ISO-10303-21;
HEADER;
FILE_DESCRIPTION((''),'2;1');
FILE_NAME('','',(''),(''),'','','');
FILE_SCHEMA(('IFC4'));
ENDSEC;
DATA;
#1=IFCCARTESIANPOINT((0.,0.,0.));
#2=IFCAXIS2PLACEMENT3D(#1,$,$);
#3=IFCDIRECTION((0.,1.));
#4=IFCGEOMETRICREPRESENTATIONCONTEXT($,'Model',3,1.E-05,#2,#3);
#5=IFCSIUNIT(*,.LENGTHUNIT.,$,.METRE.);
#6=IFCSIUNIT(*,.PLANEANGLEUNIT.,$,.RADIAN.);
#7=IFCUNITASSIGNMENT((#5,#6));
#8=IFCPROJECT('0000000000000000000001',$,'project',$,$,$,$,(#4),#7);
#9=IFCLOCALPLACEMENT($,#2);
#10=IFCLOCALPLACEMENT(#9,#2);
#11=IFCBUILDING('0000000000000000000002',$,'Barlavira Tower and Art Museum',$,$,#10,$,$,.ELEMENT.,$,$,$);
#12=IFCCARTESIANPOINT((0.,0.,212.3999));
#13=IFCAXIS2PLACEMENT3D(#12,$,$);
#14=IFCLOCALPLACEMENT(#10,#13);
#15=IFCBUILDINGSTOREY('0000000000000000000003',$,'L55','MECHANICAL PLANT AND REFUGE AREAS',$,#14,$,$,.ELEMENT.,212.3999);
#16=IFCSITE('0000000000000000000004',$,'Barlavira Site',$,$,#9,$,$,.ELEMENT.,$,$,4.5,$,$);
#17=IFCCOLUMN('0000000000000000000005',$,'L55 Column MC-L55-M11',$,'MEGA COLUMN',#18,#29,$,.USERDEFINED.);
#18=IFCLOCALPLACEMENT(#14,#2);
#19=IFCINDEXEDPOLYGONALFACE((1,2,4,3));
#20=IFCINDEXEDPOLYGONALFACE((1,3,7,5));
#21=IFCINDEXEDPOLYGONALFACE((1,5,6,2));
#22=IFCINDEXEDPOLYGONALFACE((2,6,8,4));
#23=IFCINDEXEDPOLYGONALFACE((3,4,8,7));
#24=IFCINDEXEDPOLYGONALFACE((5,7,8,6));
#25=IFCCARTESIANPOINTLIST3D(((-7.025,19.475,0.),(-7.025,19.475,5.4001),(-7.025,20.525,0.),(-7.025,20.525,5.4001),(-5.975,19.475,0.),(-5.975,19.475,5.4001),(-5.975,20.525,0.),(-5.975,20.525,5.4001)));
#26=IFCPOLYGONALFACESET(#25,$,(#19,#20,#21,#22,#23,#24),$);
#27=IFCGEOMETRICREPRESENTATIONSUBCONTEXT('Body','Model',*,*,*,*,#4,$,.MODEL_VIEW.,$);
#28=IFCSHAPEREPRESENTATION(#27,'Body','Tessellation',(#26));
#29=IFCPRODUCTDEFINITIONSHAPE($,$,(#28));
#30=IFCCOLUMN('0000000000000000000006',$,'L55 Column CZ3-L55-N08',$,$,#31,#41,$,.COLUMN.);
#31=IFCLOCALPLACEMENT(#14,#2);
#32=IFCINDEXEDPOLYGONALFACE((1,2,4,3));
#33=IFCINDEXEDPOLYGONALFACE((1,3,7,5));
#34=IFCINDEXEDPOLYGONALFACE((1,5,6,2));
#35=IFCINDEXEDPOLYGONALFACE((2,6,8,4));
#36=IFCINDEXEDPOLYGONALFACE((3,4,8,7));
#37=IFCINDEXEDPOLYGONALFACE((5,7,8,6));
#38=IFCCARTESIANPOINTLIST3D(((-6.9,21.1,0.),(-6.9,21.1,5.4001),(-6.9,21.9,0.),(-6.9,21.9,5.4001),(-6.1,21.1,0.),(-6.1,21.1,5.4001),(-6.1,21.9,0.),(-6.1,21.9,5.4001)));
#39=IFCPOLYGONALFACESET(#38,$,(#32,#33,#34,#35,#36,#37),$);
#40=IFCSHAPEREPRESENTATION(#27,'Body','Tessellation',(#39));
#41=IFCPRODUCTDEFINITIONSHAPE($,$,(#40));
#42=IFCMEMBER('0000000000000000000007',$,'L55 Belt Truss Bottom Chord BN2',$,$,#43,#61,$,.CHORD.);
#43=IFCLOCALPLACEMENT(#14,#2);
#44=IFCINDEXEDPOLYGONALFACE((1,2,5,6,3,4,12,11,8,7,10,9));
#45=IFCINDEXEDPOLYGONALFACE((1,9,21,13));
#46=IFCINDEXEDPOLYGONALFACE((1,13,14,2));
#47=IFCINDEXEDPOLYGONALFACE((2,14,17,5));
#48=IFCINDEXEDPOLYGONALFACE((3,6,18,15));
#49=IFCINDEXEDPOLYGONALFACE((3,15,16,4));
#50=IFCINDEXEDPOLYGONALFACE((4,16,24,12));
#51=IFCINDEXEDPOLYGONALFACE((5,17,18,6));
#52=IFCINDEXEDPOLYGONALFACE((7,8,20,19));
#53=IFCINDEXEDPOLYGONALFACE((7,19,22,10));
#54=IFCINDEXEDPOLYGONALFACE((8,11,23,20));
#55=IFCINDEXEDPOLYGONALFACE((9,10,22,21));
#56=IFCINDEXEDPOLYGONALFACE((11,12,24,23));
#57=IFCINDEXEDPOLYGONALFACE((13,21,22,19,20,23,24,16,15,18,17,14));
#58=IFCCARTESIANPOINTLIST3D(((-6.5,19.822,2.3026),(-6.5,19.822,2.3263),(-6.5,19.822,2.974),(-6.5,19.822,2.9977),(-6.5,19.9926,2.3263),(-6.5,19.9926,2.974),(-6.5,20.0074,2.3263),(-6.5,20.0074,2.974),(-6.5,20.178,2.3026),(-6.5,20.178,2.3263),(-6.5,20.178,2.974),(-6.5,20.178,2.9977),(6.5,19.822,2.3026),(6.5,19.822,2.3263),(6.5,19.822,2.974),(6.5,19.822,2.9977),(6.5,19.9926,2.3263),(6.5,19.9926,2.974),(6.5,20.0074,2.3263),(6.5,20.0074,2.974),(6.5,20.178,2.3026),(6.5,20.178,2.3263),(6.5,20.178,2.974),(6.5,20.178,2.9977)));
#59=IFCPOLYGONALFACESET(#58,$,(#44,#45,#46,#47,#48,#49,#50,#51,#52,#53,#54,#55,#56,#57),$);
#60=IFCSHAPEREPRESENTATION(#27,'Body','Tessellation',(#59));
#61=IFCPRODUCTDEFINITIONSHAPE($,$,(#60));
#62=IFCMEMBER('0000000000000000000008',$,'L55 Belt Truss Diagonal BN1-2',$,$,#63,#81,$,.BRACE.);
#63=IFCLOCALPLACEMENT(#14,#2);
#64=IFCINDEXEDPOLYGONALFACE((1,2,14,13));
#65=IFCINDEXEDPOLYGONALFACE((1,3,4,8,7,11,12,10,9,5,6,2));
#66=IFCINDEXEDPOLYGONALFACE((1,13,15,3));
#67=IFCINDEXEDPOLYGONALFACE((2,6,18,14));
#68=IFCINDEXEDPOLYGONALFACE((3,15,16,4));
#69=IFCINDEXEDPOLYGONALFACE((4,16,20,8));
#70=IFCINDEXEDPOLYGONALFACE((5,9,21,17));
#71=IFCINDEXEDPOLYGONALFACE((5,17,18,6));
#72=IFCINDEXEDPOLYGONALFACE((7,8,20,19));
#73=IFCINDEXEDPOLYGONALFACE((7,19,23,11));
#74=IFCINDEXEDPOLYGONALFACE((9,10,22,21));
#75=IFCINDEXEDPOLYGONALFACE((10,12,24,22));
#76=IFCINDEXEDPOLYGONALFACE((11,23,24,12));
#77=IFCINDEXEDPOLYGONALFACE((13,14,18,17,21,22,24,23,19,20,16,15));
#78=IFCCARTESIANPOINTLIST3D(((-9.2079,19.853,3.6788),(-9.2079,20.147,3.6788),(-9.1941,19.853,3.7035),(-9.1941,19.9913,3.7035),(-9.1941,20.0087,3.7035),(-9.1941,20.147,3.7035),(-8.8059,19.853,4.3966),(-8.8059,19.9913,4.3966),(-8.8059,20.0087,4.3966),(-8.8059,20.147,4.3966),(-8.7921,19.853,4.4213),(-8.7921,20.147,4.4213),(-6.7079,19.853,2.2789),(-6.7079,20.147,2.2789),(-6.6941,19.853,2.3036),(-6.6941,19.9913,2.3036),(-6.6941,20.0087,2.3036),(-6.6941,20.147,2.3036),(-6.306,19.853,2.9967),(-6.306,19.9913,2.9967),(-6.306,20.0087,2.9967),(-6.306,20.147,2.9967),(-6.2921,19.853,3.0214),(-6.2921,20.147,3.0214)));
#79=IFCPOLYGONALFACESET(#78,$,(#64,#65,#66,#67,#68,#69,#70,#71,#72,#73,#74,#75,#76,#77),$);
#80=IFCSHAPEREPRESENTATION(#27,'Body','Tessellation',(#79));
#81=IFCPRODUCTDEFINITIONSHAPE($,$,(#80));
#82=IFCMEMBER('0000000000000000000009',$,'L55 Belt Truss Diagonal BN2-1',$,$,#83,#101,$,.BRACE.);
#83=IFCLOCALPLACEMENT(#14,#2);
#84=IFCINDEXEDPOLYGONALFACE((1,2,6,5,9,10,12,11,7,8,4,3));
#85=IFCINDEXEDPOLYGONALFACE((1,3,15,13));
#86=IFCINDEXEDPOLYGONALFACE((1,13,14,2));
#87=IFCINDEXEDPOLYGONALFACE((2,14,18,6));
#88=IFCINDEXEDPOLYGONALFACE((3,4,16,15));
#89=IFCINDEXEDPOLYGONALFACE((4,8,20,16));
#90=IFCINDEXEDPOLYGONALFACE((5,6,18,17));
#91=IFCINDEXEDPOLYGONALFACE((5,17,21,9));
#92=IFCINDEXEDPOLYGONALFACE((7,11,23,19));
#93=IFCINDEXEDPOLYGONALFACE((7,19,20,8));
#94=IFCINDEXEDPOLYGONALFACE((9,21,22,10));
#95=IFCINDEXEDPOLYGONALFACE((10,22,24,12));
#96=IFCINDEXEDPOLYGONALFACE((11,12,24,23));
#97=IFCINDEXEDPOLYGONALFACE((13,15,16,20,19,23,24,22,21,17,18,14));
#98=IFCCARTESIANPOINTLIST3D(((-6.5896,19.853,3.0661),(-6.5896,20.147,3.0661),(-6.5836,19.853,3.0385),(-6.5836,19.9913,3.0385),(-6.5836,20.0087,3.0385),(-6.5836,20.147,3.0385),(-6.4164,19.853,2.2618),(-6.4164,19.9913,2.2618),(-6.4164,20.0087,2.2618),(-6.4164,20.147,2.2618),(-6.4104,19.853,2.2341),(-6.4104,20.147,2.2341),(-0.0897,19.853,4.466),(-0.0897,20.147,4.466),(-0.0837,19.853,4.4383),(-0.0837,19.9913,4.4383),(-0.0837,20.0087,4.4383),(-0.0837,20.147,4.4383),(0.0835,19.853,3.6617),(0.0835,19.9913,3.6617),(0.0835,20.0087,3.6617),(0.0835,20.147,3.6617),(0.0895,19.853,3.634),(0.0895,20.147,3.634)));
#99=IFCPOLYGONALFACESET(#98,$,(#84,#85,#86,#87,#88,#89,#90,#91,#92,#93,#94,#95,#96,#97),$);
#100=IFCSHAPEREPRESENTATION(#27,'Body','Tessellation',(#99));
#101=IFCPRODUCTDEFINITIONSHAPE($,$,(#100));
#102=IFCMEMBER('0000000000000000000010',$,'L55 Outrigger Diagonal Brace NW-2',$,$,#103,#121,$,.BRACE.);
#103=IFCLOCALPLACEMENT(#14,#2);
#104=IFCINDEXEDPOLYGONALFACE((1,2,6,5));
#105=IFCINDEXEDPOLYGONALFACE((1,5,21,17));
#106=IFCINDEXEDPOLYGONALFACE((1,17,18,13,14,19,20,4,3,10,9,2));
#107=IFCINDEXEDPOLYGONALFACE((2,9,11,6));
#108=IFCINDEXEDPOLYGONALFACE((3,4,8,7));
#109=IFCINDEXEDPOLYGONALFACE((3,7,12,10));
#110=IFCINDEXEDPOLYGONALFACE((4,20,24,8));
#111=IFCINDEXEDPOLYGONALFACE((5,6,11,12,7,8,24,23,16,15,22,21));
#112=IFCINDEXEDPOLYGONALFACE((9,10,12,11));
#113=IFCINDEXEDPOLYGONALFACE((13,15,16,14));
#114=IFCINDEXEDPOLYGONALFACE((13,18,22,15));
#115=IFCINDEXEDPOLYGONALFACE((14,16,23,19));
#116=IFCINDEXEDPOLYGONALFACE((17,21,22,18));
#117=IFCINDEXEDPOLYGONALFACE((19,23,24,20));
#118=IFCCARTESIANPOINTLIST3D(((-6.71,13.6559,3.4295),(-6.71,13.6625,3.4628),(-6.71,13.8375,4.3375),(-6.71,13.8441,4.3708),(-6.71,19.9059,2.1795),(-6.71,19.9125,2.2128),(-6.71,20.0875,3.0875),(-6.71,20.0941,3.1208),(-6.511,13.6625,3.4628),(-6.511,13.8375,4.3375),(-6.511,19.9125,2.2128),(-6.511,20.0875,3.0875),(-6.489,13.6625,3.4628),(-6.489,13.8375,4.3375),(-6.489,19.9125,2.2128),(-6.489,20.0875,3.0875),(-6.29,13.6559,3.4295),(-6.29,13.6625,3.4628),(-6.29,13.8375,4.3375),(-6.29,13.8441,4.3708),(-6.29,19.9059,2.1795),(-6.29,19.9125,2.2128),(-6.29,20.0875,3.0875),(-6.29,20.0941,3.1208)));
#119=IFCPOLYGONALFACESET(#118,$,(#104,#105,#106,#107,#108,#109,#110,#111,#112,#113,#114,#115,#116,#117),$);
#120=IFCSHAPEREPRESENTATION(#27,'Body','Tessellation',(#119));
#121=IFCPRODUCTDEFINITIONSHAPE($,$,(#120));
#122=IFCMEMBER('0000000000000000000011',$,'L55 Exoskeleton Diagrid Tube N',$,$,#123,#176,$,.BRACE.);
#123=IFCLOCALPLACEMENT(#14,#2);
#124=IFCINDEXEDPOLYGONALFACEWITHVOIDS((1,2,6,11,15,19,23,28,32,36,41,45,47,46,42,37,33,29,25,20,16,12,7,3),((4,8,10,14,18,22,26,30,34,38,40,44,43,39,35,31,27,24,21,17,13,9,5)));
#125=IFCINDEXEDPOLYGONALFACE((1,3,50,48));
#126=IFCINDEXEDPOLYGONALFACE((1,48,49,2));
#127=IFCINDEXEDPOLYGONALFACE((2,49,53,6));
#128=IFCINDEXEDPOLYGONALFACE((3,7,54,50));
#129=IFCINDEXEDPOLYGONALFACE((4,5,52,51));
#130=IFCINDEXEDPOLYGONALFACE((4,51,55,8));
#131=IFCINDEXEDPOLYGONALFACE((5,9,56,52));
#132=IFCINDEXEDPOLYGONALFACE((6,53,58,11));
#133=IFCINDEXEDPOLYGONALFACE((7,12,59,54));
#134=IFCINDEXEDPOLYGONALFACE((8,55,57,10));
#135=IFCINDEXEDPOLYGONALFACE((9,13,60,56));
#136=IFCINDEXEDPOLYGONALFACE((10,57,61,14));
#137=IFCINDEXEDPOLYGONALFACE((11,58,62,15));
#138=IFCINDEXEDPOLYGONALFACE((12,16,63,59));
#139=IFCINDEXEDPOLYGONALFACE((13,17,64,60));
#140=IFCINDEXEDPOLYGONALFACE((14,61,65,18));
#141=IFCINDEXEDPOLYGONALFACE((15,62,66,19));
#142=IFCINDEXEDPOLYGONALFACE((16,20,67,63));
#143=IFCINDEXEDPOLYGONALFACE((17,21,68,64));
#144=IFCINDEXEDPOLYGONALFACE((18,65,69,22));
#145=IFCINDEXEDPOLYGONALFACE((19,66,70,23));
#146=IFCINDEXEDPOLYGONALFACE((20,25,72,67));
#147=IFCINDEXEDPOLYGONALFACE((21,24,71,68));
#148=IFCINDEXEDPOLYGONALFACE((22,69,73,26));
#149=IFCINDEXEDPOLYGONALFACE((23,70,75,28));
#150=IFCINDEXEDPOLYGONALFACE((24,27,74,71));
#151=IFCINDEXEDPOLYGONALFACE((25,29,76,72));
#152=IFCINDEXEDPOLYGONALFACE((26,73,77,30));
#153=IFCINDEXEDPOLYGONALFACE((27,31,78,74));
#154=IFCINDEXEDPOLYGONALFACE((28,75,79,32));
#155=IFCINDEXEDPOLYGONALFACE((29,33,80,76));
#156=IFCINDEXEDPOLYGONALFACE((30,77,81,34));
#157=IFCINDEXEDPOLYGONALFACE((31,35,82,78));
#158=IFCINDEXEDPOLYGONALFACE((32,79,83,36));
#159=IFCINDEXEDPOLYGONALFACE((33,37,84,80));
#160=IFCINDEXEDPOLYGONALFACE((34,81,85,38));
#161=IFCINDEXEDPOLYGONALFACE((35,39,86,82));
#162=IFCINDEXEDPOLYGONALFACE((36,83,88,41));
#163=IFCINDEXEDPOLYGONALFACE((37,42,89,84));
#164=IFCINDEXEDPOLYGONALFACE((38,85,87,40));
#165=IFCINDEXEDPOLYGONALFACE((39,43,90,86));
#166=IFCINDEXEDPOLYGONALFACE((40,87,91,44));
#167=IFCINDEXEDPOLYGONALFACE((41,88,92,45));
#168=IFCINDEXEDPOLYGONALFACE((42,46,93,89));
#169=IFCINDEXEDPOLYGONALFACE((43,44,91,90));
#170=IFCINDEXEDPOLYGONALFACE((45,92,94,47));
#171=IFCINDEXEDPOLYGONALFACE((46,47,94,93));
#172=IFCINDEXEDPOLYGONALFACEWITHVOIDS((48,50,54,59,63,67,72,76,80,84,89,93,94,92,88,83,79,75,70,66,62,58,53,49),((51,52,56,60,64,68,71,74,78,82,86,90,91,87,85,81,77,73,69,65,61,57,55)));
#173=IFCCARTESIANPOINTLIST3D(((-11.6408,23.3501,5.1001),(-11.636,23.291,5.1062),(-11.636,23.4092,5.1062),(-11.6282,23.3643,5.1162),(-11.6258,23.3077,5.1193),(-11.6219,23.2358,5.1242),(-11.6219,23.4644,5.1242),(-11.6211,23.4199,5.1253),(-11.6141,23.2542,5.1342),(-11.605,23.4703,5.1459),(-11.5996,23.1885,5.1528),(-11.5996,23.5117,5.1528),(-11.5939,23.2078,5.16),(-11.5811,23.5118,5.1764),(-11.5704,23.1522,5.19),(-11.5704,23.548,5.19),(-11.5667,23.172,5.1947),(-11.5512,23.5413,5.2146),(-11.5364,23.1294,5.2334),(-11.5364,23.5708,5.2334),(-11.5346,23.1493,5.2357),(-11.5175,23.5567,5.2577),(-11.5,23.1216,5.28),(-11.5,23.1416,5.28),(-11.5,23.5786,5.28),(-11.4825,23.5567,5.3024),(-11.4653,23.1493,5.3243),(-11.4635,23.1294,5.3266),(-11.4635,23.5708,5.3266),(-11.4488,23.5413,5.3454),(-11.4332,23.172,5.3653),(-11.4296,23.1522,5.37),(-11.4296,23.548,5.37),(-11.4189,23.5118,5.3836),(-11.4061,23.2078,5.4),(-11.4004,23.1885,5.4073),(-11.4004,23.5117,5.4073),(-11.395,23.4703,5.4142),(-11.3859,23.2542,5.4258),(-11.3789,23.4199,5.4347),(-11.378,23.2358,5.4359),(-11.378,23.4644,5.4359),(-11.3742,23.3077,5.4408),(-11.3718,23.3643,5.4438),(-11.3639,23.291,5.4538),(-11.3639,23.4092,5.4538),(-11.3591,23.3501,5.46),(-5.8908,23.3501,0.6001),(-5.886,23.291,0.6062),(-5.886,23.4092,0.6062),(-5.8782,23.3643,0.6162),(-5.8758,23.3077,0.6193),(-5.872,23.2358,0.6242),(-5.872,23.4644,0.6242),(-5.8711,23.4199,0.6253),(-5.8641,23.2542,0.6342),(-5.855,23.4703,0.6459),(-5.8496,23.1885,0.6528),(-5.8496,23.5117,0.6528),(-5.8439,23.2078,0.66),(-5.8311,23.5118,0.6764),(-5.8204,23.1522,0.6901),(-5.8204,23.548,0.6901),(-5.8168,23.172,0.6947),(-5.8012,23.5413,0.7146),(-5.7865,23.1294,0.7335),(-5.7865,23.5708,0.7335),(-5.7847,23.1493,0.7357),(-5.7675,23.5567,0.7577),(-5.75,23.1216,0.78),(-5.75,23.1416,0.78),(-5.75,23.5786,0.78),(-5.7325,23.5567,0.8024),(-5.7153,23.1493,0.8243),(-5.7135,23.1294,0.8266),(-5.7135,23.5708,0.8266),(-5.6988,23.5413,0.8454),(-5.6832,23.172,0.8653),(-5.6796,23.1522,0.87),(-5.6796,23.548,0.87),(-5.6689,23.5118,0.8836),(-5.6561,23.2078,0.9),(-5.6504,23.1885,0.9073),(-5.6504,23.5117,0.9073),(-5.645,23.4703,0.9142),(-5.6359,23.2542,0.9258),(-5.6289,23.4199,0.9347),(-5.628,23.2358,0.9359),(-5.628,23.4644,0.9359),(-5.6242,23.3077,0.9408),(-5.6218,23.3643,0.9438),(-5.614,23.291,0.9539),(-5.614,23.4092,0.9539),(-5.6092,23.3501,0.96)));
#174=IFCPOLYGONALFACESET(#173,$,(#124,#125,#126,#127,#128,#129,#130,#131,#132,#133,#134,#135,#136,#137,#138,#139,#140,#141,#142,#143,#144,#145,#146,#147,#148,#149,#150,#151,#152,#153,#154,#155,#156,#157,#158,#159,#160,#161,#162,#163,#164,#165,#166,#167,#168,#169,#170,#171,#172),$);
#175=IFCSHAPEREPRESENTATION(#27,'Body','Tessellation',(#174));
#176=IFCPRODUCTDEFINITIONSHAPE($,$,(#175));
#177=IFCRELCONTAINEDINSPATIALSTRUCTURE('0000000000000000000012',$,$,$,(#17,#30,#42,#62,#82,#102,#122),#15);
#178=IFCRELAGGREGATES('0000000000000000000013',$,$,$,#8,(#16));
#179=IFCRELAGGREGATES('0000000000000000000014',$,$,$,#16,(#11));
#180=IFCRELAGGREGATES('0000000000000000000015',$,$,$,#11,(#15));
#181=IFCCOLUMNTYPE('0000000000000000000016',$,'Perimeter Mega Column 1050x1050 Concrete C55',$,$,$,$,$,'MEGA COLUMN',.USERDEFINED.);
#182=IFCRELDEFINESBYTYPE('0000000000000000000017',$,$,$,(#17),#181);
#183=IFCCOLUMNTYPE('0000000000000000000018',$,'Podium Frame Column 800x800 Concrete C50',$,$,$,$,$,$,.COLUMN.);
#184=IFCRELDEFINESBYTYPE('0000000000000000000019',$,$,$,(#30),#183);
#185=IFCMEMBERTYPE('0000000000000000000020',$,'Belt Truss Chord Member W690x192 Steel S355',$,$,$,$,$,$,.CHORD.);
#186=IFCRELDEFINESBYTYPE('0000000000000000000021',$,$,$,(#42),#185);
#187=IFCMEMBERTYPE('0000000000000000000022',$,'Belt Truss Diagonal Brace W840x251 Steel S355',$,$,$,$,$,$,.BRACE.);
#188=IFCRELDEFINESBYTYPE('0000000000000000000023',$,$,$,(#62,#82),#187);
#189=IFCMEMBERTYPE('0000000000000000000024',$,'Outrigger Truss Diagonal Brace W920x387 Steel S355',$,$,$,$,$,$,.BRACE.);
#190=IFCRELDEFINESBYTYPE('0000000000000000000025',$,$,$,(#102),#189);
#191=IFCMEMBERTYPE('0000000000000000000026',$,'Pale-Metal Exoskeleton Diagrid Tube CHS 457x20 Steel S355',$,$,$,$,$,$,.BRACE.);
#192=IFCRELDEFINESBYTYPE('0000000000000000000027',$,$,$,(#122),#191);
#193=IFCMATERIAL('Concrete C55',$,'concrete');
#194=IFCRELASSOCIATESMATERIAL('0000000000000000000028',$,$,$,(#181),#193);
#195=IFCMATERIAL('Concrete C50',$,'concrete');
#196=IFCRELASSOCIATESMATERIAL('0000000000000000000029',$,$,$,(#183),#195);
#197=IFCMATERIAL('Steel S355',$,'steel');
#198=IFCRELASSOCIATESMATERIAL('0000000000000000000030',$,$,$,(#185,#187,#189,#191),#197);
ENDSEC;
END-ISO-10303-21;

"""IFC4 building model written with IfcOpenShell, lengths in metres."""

from ifc_helpers import new_model, si_unit, direction, frame, origin, origin_2d, place, context, subcontext, project, spatial, rectangle, hollow_circle, i_section, extrude, material, material_profile, profile_set, type_object, element, save


model = new_model("IFC4")

# Units and contexts
model_context = context("Model", 3, precision=1e-05, world=origin(), true_north=direction((0.0, 1.0)))
body_context = subcontext(model_context, "Body", "Model", "MODEL_VIEW")
ifc_project = project(units=[si_unit("LENGTHUNIT", "METRE"), si_unit("PLANEANGLEUNIT", "RADIAN")], contexts=[model_context])

# Site, building, storey
site_placement = place(None, origin())
site = spatial("IfcSite", under=ifc_project, at=site_placement, Name="Barlavira Site", CompositionType="ELEMENT", RefElevation=4.5)
building_placement = place(site_placement, origin())
building = spatial("IfcBuilding", under=site, at=building_placement, Name="Barlavira Tower and Art Museum", CompositionType="ELEMENT")
storey_placement = place(building_placement, frame((0.0, 0.0, 212.3999)))
storey = spatial("IfcBuildingStorey", under=building, at=storey_placement, Name="L55", Description="MECHANICAL PLANT AND REFUGE AREAS", CompositionType="ELEMENT", Elevation=212.3999)

# Columns
ifc_material_1 = material(Name="Concrete C55", Category="concrete")
ifc_material_profile_1 = material_profile(ifc_material_1, rectangle(XDim=1.05, YDim=1.05, at=origin_2d()), Name="RC-COL 1050x1050")
ifc_profile_set_1 = profile_set([ifc_material_profile_1], Name="Concrete C55")
column_type_1 = type_object("IfcColumnType", Name="Perimeter Mega Column 1050x1050 Concrete C55", ElementType="MEGA COLUMN", PredefinedType="USERDEFINED", material=ifc_profile_set_1)
column_1_placement = place(storey_placement, frame((-6.5, 20.0, 0.0), z_axis=(0.0, 0.0, 1.0), x_axis=(1.0, 0.0, 0.0)))
element("IfcColumn", 1, at=column_1_placement, inside=storey, type_object=column_type_1, Name="L55 Column MC-L55-M11", ObjectType="MEGA COLUMN", PredefinedType="USERDEFINED", context=body_context, shape_type="SweptSolid", body=[
    extrude(rectangle(XDim=1.05, YDim=1.05, at=origin_2d()), origin(), (0.0, 0.0, 1.0), 5.4001),
])
ifc_material_2 = material(Name="Concrete C50", Category="concrete")
ifc_material_profile_2 = material_profile(ifc_material_2, rectangle(XDim=0.8, YDim=0.8, at=origin_2d()), Name="RC-COL 800x800")
ifc_profile_set_2 = profile_set([ifc_material_profile_2], Name="Concrete C50")
column_type_2 = type_object("IfcColumnType", Name="Podium Frame Column 800x800 Concrete C50", PredefinedType="COLUMN", material=ifc_profile_set_2)
column_2_placement = place(storey_placement, frame((-6.5, 21.5, 0.0), z_axis=(0.0, 0.0, 1.0), x_axis=(1.0, 0.0, 0.0)))
element("IfcColumn", 2, at=column_2_placement, inside=storey, type_object=column_type_2, Name="L55 Column CZ3-L55-N08", PredefinedType="COLUMN", context=body_context, shape_type="SweptSolid", body=[
    extrude(rectangle(XDim=0.8, YDim=0.8, at=origin_2d()), origin(), (0.0, 0.0, 1.0), 5.4001),
])

# Members
ifc_material_3 = material(Name="Steel S355", Category="steel")
ifc_material_profile_3 = material_profile(ifc_material_3, i_section(OverallWidth=0.356, OverallDepth=0.6951, WebThickness=0.0149, FlangeThickness=0.0237, at=origin_2d()), Name="W690x192.0")
ifc_profile_set_3 = profile_set([ifc_material_profile_3], Name="Steel S355")
member_type_1 = type_object("IfcMemberType", Name="Belt Truss Chord Member W690x192 Steel S355", PredefinedType="CHORD", material=ifc_profile_set_3)
member_1_placement = place(storey_placement, frame((-6.5, 20.0, 2.6501), z_axis=(1.0, 0.0, 0.0), x_axis=(0.0, 1.0, 0.0)))
element("IfcMember", 3, at=member_1_placement, inside=storey, type_object=member_type_1, Name="L55 Belt Truss Bottom Chord BN2", PredefinedType="CHORD", context=body_context, shape_type="SweptSolid", body=[
    extrude(i_section(OverallWidth=0.356, OverallDepth=0.6951, WebThickness=0.0149, FlangeThickness=0.0237, at=origin_2d()), origin(), (0.0, 0.0, 1.0), 13.0),
])
ifc_material_profile_4 = material_profile(ifc_material_3, i_section(OverallWidth=0.2939, OverallDepth=0.8511, WebThickness=0.0173, FlangeThickness=0.0283, at=origin_2d()), Name="W840x251.0")
ifc_profile_set_4 = profile_set([ifc_material_profile_4], Name="Steel S355")
member_type_2 = type_object("IfcMemberType", Name="Belt Truss Diagonal Brace W840x251 Steel S355", PredefinedType="BRACE", material=ifc_profile_set_4)
member_2_placement = place(storey_placement, frame((-9.0, 20.0, 4.05), z_axis=(0.872521, 0.0, -0.488577), x_axis=(0.0, 1.0, 0.0)))
element("IfcMember", 4, at=member_2_placement, inside=storey, type_object=member_type_2, Name="L55 Belt Truss Diagonal BN1-2", PredefinedType="BRACE", context=body_context, shape_type="SweptSolid", body=[
    extrude(i_section(OverallWidth=0.2939, OverallDepth=0.8511, WebThickness=0.0173, FlangeThickness=0.0283, at=origin_2d()), origin(), (0.0, 0.0, 1.0), 2.8652),
])
member_3_placement = place(storey_placement, frame((-6.5, 20.0, 2.6501), z_axis=(0.977585, 0.0, 0.210542), x_axis=(0.0, 1.0, 0.0)))
element("IfcMember", 5, at=member_3_placement, inside=storey, type_object=member_type_2, Name="L55 Belt Truss Diagonal BN2-1", PredefinedType="BRACE", context=body_context, shape_type="SweptSolid", body=[
    extrude(i_section(OverallWidth=0.2939, OverallDepth=0.8511, WebThickness=0.0173, FlangeThickness=0.0283, at=origin_2d()), origin(), (0.0, 0.0, 1.0), 6.6489),
])
ifc_material_profile_5 = material_profile(ifc_material_3, i_section(OverallWidth=0.4199, OverallDepth=0.96, WebThickness=0.022, FlangeThickness=0.0339, at=origin_2d()), Name="W920x387.0")
ifc_profile_set_5 = profile_set([ifc_material_profile_5], Name="Steel S355")
member_type_3 = type_object("IfcMemberType", Name="Outrigger Truss Diagonal Brace W920x387 Steel S355", PredefinedType="BRACE", material=ifc_profile_set_5)
member_4_placement = place(storey_placement, frame((-6.5, 13.75, 3.9001), z_axis=(0.0, 0.980581, -0.196116), x_axis=(-1.0, 0.0, 0.0)))
element("IfcMember", 6, at=member_4_placement, inside=storey, type_object=member_type_3, Name="L55 Outrigger Diagonal Brace NW-2", PredefinedType="BRACE", context=body_context, shape_type="SweptSolid", body=[
    extrude(i_section(OverallWidth=0.4199, OverallDepth=0.96, WebThickness=0.022, FlangeThickness=0.0339, at=origin_2d()), origin(), (0.0, 0.0, 1.0), 6.3738),
])
ifc_material_profile_6 = material_profile(ifc_material_3, hollow_circle(Radius=0.2285, WallThickness=0.02, at=origin_2d()), Name="CHS 457.0x20.0")
ifc_profile_set_6 = profile_set([ifc_material_profile_6], Name="Steel S355")
member_type_4 = type_object("IfcMemberType", Name="Pale-Metal Exoskeleton Diagrid Tube CHS 457x20 Steel S355", PredefinedType="BRACE", material=ifc_profile_set_6)
for number, where, z_axis, x_axis, name in (
    (7, (-5.75, 23.3501, 0.78), (-0.787505, 0.0, 0.616308), (0.0, -1.0, 0.0), "L55 Exoskeleton Diagrid Tube N"),
):
    element("IfcMember", number, at=place(storey_placement, frame(where, z_axis=z_axis, x_axis=x_axis)), inside=storey, type_object=member_type_4, Name=name, PredefinedType="BRACE", context=body_context, shape_type="SweptSolid", body=[
        extrude(hollow_circle(Radius=0.2285, WallThickness=0.02, at=origin_2d()), origin(), (0.0, 0.0, 1.0), 7.3015),
    ])

save(model, "model.ifc")
